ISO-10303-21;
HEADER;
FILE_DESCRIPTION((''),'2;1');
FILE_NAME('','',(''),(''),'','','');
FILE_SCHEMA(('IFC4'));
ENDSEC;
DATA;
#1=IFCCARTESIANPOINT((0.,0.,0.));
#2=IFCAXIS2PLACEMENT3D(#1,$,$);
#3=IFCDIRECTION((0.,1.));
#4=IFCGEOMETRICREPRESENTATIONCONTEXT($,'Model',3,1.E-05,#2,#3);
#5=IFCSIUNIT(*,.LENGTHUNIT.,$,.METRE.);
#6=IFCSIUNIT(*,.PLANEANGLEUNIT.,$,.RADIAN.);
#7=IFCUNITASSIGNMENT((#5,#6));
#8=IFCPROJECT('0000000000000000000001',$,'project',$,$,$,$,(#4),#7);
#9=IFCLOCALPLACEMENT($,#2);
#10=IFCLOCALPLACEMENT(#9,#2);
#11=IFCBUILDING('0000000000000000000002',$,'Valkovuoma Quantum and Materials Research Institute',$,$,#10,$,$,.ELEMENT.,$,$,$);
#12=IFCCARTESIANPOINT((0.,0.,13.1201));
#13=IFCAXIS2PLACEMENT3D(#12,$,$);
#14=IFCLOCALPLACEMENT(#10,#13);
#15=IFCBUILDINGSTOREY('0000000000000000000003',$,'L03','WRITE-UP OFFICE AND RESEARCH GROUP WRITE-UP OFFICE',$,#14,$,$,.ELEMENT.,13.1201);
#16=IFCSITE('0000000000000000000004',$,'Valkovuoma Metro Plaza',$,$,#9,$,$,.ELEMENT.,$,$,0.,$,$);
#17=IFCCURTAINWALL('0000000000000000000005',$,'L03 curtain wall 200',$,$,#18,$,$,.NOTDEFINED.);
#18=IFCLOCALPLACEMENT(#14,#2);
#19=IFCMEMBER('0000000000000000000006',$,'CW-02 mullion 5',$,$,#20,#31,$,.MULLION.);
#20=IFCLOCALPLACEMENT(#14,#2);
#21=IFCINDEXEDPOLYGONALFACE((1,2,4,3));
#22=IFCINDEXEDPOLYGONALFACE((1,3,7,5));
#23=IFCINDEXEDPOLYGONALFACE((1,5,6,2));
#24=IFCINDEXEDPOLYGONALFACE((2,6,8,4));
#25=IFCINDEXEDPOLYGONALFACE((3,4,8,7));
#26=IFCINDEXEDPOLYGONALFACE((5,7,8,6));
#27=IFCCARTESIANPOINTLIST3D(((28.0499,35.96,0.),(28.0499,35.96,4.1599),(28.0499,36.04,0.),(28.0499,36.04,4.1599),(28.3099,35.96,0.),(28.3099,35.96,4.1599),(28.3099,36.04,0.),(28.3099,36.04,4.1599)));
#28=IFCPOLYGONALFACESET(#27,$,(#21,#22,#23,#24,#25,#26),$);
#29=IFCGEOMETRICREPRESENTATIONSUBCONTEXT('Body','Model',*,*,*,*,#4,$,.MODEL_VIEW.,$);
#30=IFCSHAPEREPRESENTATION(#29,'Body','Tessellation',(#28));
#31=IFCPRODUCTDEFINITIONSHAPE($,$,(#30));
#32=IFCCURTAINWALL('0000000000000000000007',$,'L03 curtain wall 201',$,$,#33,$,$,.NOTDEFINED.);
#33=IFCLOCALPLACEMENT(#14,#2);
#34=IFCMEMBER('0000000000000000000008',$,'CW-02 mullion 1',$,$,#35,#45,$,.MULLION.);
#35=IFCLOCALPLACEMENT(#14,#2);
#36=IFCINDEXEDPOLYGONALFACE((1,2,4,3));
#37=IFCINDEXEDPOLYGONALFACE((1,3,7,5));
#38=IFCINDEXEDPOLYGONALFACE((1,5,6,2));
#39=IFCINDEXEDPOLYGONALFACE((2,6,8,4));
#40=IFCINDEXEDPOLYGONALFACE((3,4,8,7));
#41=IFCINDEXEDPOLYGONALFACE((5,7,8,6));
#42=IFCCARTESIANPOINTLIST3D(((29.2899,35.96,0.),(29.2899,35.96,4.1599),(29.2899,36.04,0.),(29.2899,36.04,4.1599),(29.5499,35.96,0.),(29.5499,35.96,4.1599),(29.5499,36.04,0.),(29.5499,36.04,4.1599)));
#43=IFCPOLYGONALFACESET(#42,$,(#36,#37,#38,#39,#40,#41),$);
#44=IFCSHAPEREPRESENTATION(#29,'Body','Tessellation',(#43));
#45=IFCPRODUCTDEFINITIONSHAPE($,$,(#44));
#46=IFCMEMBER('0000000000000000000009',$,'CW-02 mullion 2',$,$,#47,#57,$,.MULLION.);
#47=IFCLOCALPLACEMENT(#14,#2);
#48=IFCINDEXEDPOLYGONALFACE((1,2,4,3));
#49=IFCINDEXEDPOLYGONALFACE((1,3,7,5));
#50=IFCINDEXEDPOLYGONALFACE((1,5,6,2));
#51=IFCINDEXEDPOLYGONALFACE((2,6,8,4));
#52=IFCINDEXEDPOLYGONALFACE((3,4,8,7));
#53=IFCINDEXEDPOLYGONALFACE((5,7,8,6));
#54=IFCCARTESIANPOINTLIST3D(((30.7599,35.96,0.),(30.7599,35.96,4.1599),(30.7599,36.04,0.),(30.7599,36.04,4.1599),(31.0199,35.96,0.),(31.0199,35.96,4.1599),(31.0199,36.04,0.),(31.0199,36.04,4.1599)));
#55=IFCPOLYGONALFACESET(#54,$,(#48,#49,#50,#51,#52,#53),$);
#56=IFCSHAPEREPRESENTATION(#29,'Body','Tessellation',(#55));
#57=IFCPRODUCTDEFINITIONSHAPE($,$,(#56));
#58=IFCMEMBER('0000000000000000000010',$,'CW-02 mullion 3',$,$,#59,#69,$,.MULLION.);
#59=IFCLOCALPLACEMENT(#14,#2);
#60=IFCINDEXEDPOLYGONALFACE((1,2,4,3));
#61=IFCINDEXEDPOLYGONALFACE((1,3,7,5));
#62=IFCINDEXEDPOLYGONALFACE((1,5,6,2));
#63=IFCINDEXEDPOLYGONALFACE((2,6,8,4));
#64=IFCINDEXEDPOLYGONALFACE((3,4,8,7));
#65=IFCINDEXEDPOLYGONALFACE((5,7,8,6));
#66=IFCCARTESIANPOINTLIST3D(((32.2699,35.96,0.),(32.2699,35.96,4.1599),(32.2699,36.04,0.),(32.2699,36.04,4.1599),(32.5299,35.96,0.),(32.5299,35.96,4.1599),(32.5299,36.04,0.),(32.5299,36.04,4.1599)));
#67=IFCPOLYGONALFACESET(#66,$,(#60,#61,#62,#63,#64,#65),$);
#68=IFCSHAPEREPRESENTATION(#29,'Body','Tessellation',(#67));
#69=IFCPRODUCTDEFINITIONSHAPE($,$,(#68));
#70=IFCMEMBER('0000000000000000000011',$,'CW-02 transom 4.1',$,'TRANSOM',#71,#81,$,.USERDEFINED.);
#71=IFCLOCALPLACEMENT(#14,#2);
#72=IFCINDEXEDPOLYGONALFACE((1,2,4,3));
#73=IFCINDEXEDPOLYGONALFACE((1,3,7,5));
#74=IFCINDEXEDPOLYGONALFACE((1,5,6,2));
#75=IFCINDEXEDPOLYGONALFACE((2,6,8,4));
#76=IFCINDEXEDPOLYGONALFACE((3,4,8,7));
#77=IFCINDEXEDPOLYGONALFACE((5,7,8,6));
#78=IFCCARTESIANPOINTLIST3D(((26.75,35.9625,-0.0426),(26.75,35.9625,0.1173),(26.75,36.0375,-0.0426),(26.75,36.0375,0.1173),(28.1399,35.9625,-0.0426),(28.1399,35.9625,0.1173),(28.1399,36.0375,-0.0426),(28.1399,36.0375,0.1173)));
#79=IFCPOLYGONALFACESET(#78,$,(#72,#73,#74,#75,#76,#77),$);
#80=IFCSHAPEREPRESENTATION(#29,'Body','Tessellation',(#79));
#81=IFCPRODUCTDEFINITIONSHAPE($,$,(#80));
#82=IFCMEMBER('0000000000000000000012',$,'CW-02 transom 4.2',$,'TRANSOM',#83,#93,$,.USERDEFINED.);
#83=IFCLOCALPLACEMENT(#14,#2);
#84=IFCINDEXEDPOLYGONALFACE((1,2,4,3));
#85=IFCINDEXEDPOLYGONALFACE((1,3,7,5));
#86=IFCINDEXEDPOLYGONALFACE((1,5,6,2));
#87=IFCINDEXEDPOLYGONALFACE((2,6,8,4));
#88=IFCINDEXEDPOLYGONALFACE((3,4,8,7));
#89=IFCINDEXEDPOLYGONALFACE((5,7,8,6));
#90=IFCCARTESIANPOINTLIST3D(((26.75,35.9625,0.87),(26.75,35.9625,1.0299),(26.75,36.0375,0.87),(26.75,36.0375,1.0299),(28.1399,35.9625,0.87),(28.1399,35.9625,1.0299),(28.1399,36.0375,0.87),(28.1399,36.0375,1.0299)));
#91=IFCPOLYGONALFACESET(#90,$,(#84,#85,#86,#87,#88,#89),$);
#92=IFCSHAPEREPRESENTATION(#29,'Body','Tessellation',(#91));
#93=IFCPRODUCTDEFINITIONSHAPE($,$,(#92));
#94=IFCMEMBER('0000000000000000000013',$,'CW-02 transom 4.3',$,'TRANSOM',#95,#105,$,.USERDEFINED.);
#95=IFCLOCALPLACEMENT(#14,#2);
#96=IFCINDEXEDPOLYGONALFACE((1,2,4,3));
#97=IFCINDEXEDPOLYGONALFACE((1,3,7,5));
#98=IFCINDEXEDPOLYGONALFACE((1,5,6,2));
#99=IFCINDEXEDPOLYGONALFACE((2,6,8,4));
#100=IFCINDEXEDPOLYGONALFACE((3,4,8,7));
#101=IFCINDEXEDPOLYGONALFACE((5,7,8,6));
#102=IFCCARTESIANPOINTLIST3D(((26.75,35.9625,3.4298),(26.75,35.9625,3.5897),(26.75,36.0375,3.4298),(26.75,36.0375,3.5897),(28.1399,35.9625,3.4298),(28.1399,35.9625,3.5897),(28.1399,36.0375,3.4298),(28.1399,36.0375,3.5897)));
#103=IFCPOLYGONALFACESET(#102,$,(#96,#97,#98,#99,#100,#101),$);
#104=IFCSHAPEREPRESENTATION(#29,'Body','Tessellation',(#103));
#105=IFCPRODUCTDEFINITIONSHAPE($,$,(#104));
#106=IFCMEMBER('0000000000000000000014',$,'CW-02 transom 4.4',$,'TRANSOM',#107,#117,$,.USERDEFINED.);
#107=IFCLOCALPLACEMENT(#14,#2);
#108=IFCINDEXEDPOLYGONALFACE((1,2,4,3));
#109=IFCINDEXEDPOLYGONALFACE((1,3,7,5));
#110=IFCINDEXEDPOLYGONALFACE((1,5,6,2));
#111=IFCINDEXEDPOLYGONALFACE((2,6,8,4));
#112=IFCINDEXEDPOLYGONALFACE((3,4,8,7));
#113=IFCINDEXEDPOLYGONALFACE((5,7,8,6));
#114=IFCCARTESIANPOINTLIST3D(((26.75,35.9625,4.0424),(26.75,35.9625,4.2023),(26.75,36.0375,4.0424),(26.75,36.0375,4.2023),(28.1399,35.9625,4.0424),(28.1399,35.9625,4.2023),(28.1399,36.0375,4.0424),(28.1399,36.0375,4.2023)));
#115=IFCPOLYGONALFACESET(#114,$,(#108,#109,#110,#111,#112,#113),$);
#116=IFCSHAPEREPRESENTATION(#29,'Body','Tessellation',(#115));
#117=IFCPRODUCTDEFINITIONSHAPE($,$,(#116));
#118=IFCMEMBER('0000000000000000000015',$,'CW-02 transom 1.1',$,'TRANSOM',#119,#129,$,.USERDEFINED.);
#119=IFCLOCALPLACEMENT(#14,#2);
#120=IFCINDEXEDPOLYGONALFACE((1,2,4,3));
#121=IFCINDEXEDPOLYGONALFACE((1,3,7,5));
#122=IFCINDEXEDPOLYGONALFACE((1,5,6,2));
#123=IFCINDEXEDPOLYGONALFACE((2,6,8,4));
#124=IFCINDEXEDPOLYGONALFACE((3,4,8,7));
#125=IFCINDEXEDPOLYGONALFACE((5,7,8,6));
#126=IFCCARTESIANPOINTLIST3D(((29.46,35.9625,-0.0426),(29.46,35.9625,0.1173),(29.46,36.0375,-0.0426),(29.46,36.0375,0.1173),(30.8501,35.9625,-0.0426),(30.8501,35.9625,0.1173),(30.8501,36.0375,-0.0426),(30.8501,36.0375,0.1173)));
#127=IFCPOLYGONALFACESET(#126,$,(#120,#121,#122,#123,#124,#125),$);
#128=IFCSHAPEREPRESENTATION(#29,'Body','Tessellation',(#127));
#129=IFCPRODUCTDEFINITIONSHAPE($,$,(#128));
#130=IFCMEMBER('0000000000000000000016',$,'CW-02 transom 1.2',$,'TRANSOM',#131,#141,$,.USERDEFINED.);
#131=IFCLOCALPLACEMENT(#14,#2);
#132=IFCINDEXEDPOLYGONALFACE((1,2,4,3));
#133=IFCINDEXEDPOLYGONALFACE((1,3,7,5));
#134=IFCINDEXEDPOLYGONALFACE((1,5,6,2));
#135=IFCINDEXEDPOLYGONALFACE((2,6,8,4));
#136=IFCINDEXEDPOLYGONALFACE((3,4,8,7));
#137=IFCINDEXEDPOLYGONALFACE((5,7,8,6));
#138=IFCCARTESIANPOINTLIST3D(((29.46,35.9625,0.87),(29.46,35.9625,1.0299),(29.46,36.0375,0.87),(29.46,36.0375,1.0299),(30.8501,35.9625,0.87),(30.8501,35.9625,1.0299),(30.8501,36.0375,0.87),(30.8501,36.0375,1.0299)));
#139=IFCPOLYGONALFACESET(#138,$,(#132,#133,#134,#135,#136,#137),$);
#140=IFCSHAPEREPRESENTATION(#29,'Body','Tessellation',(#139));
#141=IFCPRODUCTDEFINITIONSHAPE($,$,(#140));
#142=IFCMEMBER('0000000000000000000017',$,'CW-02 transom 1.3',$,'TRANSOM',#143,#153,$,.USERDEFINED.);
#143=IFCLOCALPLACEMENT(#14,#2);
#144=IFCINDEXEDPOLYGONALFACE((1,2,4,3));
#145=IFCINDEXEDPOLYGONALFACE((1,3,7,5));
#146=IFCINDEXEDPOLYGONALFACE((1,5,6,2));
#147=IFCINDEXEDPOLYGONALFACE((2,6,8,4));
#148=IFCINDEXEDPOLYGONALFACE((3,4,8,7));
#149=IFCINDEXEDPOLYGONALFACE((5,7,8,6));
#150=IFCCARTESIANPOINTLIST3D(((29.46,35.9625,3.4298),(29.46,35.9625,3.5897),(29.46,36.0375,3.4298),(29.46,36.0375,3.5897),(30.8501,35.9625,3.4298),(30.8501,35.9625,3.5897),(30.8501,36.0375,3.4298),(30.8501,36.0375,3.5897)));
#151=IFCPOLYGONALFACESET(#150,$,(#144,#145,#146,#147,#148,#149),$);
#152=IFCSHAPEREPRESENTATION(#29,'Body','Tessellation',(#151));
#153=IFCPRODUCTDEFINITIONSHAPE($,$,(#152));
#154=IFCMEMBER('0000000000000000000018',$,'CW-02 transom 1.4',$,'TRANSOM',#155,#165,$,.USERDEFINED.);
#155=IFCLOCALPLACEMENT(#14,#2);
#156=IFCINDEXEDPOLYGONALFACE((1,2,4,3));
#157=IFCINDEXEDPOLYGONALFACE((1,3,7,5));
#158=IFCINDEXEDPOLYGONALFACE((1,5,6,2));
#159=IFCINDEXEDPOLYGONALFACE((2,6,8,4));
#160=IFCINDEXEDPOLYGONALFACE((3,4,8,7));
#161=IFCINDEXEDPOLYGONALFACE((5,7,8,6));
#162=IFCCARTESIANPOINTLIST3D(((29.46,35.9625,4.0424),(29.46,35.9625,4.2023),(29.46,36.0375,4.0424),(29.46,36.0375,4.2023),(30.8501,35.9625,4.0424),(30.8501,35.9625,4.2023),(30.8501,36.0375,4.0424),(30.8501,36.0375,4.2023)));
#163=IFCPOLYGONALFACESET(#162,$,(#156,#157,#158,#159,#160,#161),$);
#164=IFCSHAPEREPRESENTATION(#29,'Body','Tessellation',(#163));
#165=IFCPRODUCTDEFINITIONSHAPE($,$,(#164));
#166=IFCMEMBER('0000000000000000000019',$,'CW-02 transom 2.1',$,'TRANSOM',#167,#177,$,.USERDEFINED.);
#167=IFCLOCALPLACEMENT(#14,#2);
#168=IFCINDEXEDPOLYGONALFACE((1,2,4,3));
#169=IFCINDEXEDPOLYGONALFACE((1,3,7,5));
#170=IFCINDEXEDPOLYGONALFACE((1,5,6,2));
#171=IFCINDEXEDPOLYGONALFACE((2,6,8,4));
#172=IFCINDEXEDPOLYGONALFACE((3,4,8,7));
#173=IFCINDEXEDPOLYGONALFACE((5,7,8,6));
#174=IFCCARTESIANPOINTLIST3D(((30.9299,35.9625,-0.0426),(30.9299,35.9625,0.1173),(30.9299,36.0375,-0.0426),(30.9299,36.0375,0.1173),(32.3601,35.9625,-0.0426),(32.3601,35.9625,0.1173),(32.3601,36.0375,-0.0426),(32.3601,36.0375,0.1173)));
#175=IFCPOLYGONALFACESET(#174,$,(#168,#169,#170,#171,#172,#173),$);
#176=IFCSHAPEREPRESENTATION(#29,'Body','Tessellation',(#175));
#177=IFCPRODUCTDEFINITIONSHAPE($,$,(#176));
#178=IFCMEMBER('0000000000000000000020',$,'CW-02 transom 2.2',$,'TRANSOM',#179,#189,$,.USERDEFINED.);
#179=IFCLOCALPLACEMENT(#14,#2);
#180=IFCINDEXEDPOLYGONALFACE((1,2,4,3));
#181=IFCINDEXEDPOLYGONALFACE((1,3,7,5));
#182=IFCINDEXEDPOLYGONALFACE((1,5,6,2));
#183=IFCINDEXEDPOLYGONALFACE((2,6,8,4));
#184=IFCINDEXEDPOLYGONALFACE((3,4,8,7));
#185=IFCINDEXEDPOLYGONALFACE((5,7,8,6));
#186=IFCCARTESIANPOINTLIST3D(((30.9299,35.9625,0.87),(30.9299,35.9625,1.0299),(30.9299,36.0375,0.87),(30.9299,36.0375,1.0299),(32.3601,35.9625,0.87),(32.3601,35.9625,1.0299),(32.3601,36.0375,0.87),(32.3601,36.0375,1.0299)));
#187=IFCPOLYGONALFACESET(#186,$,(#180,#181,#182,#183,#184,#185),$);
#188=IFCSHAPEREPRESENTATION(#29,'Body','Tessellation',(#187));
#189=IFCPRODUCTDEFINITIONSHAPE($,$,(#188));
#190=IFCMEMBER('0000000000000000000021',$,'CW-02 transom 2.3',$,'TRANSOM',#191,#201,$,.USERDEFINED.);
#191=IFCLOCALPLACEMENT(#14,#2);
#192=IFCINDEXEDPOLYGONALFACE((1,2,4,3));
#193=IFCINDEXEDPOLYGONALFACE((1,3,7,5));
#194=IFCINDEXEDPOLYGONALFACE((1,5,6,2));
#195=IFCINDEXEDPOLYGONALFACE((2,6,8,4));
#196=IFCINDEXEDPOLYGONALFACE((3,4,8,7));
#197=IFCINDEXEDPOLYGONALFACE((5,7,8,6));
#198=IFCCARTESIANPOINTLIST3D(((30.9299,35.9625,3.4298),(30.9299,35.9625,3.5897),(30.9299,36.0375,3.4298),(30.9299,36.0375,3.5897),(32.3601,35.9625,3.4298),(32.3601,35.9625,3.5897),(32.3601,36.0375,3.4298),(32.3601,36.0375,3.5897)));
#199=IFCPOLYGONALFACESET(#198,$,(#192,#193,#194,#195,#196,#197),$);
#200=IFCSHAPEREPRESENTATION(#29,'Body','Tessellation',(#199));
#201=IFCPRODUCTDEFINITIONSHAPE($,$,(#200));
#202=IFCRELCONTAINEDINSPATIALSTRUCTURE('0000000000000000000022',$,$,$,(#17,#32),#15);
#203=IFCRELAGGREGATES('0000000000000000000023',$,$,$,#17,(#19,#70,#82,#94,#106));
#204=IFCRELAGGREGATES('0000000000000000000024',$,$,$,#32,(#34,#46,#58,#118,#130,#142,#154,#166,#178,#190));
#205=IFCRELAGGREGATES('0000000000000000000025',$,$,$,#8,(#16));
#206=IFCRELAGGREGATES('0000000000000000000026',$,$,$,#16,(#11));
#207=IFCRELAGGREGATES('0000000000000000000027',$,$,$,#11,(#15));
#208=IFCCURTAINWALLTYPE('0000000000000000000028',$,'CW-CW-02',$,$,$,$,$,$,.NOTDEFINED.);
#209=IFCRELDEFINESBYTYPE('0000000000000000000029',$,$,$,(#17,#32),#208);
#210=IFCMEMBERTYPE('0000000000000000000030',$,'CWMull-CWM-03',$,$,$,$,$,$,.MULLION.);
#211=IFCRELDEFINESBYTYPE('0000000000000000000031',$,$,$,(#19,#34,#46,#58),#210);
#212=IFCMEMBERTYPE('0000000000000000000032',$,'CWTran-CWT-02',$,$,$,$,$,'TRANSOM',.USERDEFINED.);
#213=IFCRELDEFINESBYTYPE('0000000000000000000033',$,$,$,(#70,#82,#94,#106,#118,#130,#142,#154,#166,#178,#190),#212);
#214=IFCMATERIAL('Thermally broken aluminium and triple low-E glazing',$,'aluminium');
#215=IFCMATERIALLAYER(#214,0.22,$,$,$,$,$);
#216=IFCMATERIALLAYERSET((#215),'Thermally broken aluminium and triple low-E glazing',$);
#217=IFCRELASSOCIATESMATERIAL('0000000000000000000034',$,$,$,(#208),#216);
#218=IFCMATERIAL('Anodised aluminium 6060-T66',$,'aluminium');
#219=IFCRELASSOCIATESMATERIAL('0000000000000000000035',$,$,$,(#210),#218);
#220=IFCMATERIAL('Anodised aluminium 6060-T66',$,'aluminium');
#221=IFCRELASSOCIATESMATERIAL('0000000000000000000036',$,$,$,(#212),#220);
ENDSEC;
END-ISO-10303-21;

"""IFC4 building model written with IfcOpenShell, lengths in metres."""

from ifc_helpers import new_model, si_unit, direction, frame, origin, origin_2d, place, context, subcontext, project, spatial, rectangle, extrude, material, layer, layer_set, material_profile, profile_set, type_object, element, aggregate, save


model = new_model("IFC4")

# Units and contexts
model_context = context("Model", 3, precision=1e-05, world=origin(), true_north=direction((0.0, 1.0)))
body_context = subcontext(model_context, "Body", "Model", "MODEL_VIEW")
ifc_project = project(units=[si_unit("LENGTHUNIT", "METRE"), si_unit("PLANEANGLEUNIT", "RADIAN")], contexts=[model_context])

# Site, building, storey
site_placement = place(None, origin())
site = spatial("IfcSite", under=ifc_project, at=site_placement, Name="Valkovuoma Metro Plaza", CompositionType="ELEMENT", RefElevation=0.0)
building_placement = place(site_placement, origin())
building = spatial("IfcBuilding", under=site, at=building_placement, Name="Valkovuoma Quantum and Materials Research Institute", CompositionType="ELEMENT")
storey_placement = place(building_placement, frame((0.0, 0.0, 13.1201)))
storey = spatial("IfcBuildingStorey", under=building, at=storey_placement, Name="L03", Description="WRITE-UP OFFICE AND RESEARCH GROUP WRITE-UP OFFICE", CompositionType="ELEMENT", Elevation=13.1201)

# Curtain walls, members
ifc_material_1 = material(Name="Thermally broken aluminium and triple low-E glazing", Category="aluminium")
ifc_layer_1 = layer(ifc_material_1, 0.22)
ifc_layer_set_1 = layer_set([ifc_layer_1], Name="Thermally broken aluminium and triple low-E glazing")
curtain_wall_type = type_object("IfcCurtainWallType", Name="CW-CW-02", PredefinedType="NOTDEFINED", material=ifc_layer_set_1)
curtain_wall_1_placement = place(storey_placement, origin())
curtain_wall_1 = element("IfcCurtainWall", 1, at=curtain_wall_1_placement, inside=storey, type_object=curtain_wall_type, Name="L03 curtain wall 200", PredefinedType="NOTDEFINED")
ifc_material_2 = material(Name="Anodised aluminium 6060-T66", Category="aluminium")
ifc_material_profile_1 = material_profile(ifc_material_2, rectangle(XDim=0.0801, YDim=0.26, at=origin_2d()), Name="Anodised aluminium 6060-T66")
ifc_profile_set_1 = profile_set([ifc_material_profile_1], Name="Anodised aluminium 6060-T66")
member_type_1 = type_object("IfcMemberType", Name="CWMull-CWM-03", PredefinedType="MULLION", material=ifc_profile_set_1)
member_1_placement = place(storey_placement, frame((28.1799, 36.0, 0.0), z_axis=(0.0, 0.0, 1.0), x_axis=(0.0, 1.0, 0.0)))
member_1 = element("IfcMember", 2, at=member_1_placement, type_object=member_type_1, Name="CW-02 mullion 5", PredefinedType="MULLION", context=body_context, shape_type="SweptSolid", body=[
    extrude(rectangle(XDim=0.0801, YDim=0.26, at=origin_2d()), origin(), (0.0, 0.0, 1.0), 4.1599),
])
curtain_wall_2_placement = place(storey_placement, origin())
curtain_wall_2 = element("IfcCurtainWall", 3, at=curtain_wall_2_placement, inside=storey, type_object=curtain_wall_type, Name="L03 curtain wall 201", PredefinedType="NOTDEFINED")
member_2_placement = place(storey_placement, frame((29.4199, 36.0, 0.0), z_axis=(0.0, 0.0, 1.0), x_axis=(0.0, 1.0, 0.0)))
member_2 = element("IfcMember", 4, at=member_2_placement, type_object=member_type_1, Name="CW-02 mullion 1", PredefinedType="MULLION", context=body_context, shape_type="SweptSolid", body=[
    extrude(rectangle(XDim=0.0801, YDim=0.26, at=origin_2d()), origin(), (0.0, 0.0, 1.0), 4.1599),
])
member_3_placement = place(storey_placement, frame((30.8899, 36.0, 0.0), z_axis=(0.0, 0.0, 1.0), x_axis=(0.0, 1.0, 0.0)))
member_3 = element("IfcMember", 5, at=member_3_placement, type_object=member_type_1, Name="CW-02 mullion 2", PredefinedType="MULLION", context=body_context, shape_type="SweptSolid", body=[
    extrude(rectangle(XDim=0.0801, YDim=0.26, at=origin_2d()), origin(), (0.0, 0.0, 1.0), 4.1599),
])
member_4_placement = place(storey_placement, frame((32.3999, 36.0, 0.0), z_axis=(0.0, 0.0, 1.0), x_axis=(0.0, 1.0, 0.0)))
member_4 = element("IfcMember", 6, at=member_4_placement, type_object=member_type_1, Name="CW-02 mullion 3", PredefinedType="MULLION", context=body_context, shape_type="SweptSolid", body=[
    extrude(rectangle(XDim=0.0801, YDim=0.26, at=origin_2d()), origin(), (0.0, 0.0, 1.0), 4.1599),
])

# Members
ifc_material_3 = material(Name="Anodised aluminium 6060-T66", Category="aluminium")
ifc_material_profile_2 = material_profile(ifc_material_3, rectangle(XDim=0.075, YDim=0.1599, at=origin_2d()), Name="Anodised aluminium 6060-T66")
ifc_profile_set_2 = profile_set([ifc_material_profile_2], Name="Anodised aluminium 6060-T66")
member_type_2 = type_object("IfcMemberType", Name="CWTran-CWT-02", ElementType="TRANSOM", PredefinedType="USERDEFINED", material=ifc_profile_set_2)
member_5_placement = place(storey_placement, frame((26.75, 36.0, 0.0374), z_axis=(1.0, 0.0, 0.0), x_axis=(0.0, 1.0, 0.0)))
member_5 = element("IfcMember", 7, at=member_5_placement, type_object=member_type_2, Name="CW-02 transom 4.1", ObjectType="TRANSOM", PredefinedType="USERDEFINED", context=body_context, shape_type="SweptSolid", body=[
    extrude(rectangle(XDim=0.075, YDim=0.1599, at=origin_2d()), origin(), (0.0, 0.0, 1.0), 1.3899),
])
member_6_placement = place(storey_placement, frame((26.75, 36.0, 0.95), z_axis=(1.0, 0.0, 0.0), x_axis=(0.0, 1.0, 0.0)))
member_6 = element("IfcMember", 8, at=member_6_placement, type_object=member_type_2, Name="CW-02 transom 4.2", ObjectType="TRANSOM", PredefinedType="USERDEFINED", context=body_context, shape_type="SweptSolid", body=[
    extrude(rectangle(XDim=0.075, YDim=0.1599, at=origin_2d()), origin(), (0.0, 0.0, 1.0), 1.3899),
])
member_7_placement = place(storey_placement, frame((26.75, 36.0, 3.5098), z_axis=(1.0, 0.0, 0.0), x_axis=(0.0, 1.0, 0.0)))
member_7 = element("IfcMember", 9, at=member_7_placement, type_object=member_type_2, Name="CW-02 transom 4.3", ObjectType="TRANSOM", PredefinedType="USERDEFINED", context=body_context, shape_type="SweptSolid", body=[
    extrude(rectangle(XDim=0.075, YDim=0.1599, at=origin_2d()), origin(), (0.0, 0.0, 1.0), 1.3899),
])
member_8_placement = place(storey_placement, frame((26.75, 36.0, 4.1223), z_axis=(1.0, 0.0, 0.0), x_axis=(0.0, 1.0, 0.0)))
member_8 = element("IfcMember", 10, at=member_8_placement, type_object=member_type_2, Name="CW-02 transom 4.4", ObjectType="TRANSOM", PredefinedType="USERDEFINED", context=body_context, shape_type="SweptSolid", body=[
    extrude(rectangle(XDim=0.075, YDim=0.1599, at=origin_2d()), origin(), (0.0, 0.0, 1.0), 1.3899),
])
member_9_placement = place(storey_placement, frame((29.46, 36.0, 0.0374), z_axis=(1.0, 0.0, 0.0), x_axis=(0.0, 1.0, 0.0)))
member_9 = element("IfcMember", 11, at=member_9_placement, type_object=member_type_2, Name="CW-02 transom 1.1", ObjectType="TRANSOM", PredefinedType="USERDEFINED", context=body_context, shape_type="SweptSolid", body=[
    extrude(rectangle(XDim=0.075, YDim=0.1599, at=origin_2d()), origin(), (0.0, 0.0, 1.0), 1.3901),
])
member_10_placement = place(storey_placement, frame((29.46, 36.0, 0.95), z_axis=(1.0, 0.0, 0.0), x_axis=(0.0, 1.0, 0.0)))
member_10 = element("IfcMember", 12, at=member_10_placement, type_object=member_type_2, Name="CW-02 transom 1.2", ObjectType="TRANSOM", PredefinedType="USERDEFINED", context=body_context, shape_type="SweptSolid", body=[
    extrude(rectangle(XDim=0.075, YDim=0.1599, at=origin_2d()), origin(), (0.0, 0.0, 1.0), 1.3901),
])
member_11_placement = place(storey_placement, frame((29.46, 36.0, 3.5098), z_axis=(1.0, 0.0, 0.0), x_axis=(0.0, 1.0, 0.0)))
member_11 = element("IfcMember", 13, at=member_11_placement, type_object=member_type_2, Name="CW-02 transom 1.3", ObjectType="TRANSOM", PredefinedType="USERDEFINED", context=body_context, shape_type="SweptSolid", body=[
    extrude(rectangle(XDim=0.075, YDim=0.1599, at=origin_2d()), origin(), (0.0, 0.0, 1.0), 1.3901),
])
member_12_placement = place(storey_placement, frame((29.46, 36.0, 4.1223), z_axis=(1.0, 0.0, 0.0), x_axis=(0.0, 1.0, 0.0)))
member_12 = element("IfcMember", 14, at=member_12_placement, type_object=member_type_2, Name="CW-02 transom 1.4", ObjectType="TRANSOM", PredefinedType="USERDEFINED", context=body_context, shape_type="SweptSolid", body=[
    extrude(rectangle(XDim=0.075, YDim=0.1599, at=origin_2d()), origin(), (0.0, 0.0, 1.0), 1.3901),
])
member_13_placement = place(storey_placement, frame((30.9299, 36.0, 0.0374), z_axis=(1.0, 0.0, 0.0), x_axis=(0.0, 1.0, 0.0)))
member_13 = element("IfcMember", 15, at=member_13_placement, type_object=member_type_2, Name="CW-02 transom 2.1", ObjectType="TRANSOM", PredefinedType="USERDEFINED", context=body_context, shape_type="SweptSolid", body=[
    extrude(rectangle(XDim=0.075, YDim=0.1599, at=origin_2d()), origin(), (0.0, 0.0, 1.0), 1.4302),
])
member_14_placement = place(storey_placement, frame((30.9299, 36.0, 0.95), z_axis=(1.0, 0.0, 0.0), x_axis=(0.0, 1.0, 0.0)))
member_14 = element("IfcMember", 16, at=member_14_placement, type_object=member_type_2, Name="CW-02 transom 2.2", ObjectType="TRANSOM", PredefinedType="USERDEFINED", context=body_context, shape_type="SweptSolid", body=[
    extrude(rectangle(XDim=0.075, YDim=0.1599, at=origin_2d()), origin(), (0.0, 0.0, 1.0), 1.4302),
])
member_15_placement = place(storey_placement, frame((30.9299, 36.0, 3.5098), z_axis=(1.0, 0.0, 0.0), x_axis=(0.0, 1.0, 0.0)))
member_15 = element("IfcMember", 17, at=member_15_placement, type_object=member_type_2, Name="CW-02 transom 2.3", ObjectType="TRANSOM", PredefinedType="USERDEFINED", context=body_context, shape_type="SweptSolid", body=[
    extrude(rectangle(XDim=0.075, YDim=0.1599, at=origin_2d()), origin(), (0.0, 0.0, 1.0), 1.4302),
])

aggregate(curtain_wall_1, [member_1, member_5, member_6, member_7, member_8])
aggregate(curtain_wall_2, [member_2, member_3, member_4, member_9, member_10, member_11, member_12, member_13, member_14, member_15])

save(model, "model.ifc")
